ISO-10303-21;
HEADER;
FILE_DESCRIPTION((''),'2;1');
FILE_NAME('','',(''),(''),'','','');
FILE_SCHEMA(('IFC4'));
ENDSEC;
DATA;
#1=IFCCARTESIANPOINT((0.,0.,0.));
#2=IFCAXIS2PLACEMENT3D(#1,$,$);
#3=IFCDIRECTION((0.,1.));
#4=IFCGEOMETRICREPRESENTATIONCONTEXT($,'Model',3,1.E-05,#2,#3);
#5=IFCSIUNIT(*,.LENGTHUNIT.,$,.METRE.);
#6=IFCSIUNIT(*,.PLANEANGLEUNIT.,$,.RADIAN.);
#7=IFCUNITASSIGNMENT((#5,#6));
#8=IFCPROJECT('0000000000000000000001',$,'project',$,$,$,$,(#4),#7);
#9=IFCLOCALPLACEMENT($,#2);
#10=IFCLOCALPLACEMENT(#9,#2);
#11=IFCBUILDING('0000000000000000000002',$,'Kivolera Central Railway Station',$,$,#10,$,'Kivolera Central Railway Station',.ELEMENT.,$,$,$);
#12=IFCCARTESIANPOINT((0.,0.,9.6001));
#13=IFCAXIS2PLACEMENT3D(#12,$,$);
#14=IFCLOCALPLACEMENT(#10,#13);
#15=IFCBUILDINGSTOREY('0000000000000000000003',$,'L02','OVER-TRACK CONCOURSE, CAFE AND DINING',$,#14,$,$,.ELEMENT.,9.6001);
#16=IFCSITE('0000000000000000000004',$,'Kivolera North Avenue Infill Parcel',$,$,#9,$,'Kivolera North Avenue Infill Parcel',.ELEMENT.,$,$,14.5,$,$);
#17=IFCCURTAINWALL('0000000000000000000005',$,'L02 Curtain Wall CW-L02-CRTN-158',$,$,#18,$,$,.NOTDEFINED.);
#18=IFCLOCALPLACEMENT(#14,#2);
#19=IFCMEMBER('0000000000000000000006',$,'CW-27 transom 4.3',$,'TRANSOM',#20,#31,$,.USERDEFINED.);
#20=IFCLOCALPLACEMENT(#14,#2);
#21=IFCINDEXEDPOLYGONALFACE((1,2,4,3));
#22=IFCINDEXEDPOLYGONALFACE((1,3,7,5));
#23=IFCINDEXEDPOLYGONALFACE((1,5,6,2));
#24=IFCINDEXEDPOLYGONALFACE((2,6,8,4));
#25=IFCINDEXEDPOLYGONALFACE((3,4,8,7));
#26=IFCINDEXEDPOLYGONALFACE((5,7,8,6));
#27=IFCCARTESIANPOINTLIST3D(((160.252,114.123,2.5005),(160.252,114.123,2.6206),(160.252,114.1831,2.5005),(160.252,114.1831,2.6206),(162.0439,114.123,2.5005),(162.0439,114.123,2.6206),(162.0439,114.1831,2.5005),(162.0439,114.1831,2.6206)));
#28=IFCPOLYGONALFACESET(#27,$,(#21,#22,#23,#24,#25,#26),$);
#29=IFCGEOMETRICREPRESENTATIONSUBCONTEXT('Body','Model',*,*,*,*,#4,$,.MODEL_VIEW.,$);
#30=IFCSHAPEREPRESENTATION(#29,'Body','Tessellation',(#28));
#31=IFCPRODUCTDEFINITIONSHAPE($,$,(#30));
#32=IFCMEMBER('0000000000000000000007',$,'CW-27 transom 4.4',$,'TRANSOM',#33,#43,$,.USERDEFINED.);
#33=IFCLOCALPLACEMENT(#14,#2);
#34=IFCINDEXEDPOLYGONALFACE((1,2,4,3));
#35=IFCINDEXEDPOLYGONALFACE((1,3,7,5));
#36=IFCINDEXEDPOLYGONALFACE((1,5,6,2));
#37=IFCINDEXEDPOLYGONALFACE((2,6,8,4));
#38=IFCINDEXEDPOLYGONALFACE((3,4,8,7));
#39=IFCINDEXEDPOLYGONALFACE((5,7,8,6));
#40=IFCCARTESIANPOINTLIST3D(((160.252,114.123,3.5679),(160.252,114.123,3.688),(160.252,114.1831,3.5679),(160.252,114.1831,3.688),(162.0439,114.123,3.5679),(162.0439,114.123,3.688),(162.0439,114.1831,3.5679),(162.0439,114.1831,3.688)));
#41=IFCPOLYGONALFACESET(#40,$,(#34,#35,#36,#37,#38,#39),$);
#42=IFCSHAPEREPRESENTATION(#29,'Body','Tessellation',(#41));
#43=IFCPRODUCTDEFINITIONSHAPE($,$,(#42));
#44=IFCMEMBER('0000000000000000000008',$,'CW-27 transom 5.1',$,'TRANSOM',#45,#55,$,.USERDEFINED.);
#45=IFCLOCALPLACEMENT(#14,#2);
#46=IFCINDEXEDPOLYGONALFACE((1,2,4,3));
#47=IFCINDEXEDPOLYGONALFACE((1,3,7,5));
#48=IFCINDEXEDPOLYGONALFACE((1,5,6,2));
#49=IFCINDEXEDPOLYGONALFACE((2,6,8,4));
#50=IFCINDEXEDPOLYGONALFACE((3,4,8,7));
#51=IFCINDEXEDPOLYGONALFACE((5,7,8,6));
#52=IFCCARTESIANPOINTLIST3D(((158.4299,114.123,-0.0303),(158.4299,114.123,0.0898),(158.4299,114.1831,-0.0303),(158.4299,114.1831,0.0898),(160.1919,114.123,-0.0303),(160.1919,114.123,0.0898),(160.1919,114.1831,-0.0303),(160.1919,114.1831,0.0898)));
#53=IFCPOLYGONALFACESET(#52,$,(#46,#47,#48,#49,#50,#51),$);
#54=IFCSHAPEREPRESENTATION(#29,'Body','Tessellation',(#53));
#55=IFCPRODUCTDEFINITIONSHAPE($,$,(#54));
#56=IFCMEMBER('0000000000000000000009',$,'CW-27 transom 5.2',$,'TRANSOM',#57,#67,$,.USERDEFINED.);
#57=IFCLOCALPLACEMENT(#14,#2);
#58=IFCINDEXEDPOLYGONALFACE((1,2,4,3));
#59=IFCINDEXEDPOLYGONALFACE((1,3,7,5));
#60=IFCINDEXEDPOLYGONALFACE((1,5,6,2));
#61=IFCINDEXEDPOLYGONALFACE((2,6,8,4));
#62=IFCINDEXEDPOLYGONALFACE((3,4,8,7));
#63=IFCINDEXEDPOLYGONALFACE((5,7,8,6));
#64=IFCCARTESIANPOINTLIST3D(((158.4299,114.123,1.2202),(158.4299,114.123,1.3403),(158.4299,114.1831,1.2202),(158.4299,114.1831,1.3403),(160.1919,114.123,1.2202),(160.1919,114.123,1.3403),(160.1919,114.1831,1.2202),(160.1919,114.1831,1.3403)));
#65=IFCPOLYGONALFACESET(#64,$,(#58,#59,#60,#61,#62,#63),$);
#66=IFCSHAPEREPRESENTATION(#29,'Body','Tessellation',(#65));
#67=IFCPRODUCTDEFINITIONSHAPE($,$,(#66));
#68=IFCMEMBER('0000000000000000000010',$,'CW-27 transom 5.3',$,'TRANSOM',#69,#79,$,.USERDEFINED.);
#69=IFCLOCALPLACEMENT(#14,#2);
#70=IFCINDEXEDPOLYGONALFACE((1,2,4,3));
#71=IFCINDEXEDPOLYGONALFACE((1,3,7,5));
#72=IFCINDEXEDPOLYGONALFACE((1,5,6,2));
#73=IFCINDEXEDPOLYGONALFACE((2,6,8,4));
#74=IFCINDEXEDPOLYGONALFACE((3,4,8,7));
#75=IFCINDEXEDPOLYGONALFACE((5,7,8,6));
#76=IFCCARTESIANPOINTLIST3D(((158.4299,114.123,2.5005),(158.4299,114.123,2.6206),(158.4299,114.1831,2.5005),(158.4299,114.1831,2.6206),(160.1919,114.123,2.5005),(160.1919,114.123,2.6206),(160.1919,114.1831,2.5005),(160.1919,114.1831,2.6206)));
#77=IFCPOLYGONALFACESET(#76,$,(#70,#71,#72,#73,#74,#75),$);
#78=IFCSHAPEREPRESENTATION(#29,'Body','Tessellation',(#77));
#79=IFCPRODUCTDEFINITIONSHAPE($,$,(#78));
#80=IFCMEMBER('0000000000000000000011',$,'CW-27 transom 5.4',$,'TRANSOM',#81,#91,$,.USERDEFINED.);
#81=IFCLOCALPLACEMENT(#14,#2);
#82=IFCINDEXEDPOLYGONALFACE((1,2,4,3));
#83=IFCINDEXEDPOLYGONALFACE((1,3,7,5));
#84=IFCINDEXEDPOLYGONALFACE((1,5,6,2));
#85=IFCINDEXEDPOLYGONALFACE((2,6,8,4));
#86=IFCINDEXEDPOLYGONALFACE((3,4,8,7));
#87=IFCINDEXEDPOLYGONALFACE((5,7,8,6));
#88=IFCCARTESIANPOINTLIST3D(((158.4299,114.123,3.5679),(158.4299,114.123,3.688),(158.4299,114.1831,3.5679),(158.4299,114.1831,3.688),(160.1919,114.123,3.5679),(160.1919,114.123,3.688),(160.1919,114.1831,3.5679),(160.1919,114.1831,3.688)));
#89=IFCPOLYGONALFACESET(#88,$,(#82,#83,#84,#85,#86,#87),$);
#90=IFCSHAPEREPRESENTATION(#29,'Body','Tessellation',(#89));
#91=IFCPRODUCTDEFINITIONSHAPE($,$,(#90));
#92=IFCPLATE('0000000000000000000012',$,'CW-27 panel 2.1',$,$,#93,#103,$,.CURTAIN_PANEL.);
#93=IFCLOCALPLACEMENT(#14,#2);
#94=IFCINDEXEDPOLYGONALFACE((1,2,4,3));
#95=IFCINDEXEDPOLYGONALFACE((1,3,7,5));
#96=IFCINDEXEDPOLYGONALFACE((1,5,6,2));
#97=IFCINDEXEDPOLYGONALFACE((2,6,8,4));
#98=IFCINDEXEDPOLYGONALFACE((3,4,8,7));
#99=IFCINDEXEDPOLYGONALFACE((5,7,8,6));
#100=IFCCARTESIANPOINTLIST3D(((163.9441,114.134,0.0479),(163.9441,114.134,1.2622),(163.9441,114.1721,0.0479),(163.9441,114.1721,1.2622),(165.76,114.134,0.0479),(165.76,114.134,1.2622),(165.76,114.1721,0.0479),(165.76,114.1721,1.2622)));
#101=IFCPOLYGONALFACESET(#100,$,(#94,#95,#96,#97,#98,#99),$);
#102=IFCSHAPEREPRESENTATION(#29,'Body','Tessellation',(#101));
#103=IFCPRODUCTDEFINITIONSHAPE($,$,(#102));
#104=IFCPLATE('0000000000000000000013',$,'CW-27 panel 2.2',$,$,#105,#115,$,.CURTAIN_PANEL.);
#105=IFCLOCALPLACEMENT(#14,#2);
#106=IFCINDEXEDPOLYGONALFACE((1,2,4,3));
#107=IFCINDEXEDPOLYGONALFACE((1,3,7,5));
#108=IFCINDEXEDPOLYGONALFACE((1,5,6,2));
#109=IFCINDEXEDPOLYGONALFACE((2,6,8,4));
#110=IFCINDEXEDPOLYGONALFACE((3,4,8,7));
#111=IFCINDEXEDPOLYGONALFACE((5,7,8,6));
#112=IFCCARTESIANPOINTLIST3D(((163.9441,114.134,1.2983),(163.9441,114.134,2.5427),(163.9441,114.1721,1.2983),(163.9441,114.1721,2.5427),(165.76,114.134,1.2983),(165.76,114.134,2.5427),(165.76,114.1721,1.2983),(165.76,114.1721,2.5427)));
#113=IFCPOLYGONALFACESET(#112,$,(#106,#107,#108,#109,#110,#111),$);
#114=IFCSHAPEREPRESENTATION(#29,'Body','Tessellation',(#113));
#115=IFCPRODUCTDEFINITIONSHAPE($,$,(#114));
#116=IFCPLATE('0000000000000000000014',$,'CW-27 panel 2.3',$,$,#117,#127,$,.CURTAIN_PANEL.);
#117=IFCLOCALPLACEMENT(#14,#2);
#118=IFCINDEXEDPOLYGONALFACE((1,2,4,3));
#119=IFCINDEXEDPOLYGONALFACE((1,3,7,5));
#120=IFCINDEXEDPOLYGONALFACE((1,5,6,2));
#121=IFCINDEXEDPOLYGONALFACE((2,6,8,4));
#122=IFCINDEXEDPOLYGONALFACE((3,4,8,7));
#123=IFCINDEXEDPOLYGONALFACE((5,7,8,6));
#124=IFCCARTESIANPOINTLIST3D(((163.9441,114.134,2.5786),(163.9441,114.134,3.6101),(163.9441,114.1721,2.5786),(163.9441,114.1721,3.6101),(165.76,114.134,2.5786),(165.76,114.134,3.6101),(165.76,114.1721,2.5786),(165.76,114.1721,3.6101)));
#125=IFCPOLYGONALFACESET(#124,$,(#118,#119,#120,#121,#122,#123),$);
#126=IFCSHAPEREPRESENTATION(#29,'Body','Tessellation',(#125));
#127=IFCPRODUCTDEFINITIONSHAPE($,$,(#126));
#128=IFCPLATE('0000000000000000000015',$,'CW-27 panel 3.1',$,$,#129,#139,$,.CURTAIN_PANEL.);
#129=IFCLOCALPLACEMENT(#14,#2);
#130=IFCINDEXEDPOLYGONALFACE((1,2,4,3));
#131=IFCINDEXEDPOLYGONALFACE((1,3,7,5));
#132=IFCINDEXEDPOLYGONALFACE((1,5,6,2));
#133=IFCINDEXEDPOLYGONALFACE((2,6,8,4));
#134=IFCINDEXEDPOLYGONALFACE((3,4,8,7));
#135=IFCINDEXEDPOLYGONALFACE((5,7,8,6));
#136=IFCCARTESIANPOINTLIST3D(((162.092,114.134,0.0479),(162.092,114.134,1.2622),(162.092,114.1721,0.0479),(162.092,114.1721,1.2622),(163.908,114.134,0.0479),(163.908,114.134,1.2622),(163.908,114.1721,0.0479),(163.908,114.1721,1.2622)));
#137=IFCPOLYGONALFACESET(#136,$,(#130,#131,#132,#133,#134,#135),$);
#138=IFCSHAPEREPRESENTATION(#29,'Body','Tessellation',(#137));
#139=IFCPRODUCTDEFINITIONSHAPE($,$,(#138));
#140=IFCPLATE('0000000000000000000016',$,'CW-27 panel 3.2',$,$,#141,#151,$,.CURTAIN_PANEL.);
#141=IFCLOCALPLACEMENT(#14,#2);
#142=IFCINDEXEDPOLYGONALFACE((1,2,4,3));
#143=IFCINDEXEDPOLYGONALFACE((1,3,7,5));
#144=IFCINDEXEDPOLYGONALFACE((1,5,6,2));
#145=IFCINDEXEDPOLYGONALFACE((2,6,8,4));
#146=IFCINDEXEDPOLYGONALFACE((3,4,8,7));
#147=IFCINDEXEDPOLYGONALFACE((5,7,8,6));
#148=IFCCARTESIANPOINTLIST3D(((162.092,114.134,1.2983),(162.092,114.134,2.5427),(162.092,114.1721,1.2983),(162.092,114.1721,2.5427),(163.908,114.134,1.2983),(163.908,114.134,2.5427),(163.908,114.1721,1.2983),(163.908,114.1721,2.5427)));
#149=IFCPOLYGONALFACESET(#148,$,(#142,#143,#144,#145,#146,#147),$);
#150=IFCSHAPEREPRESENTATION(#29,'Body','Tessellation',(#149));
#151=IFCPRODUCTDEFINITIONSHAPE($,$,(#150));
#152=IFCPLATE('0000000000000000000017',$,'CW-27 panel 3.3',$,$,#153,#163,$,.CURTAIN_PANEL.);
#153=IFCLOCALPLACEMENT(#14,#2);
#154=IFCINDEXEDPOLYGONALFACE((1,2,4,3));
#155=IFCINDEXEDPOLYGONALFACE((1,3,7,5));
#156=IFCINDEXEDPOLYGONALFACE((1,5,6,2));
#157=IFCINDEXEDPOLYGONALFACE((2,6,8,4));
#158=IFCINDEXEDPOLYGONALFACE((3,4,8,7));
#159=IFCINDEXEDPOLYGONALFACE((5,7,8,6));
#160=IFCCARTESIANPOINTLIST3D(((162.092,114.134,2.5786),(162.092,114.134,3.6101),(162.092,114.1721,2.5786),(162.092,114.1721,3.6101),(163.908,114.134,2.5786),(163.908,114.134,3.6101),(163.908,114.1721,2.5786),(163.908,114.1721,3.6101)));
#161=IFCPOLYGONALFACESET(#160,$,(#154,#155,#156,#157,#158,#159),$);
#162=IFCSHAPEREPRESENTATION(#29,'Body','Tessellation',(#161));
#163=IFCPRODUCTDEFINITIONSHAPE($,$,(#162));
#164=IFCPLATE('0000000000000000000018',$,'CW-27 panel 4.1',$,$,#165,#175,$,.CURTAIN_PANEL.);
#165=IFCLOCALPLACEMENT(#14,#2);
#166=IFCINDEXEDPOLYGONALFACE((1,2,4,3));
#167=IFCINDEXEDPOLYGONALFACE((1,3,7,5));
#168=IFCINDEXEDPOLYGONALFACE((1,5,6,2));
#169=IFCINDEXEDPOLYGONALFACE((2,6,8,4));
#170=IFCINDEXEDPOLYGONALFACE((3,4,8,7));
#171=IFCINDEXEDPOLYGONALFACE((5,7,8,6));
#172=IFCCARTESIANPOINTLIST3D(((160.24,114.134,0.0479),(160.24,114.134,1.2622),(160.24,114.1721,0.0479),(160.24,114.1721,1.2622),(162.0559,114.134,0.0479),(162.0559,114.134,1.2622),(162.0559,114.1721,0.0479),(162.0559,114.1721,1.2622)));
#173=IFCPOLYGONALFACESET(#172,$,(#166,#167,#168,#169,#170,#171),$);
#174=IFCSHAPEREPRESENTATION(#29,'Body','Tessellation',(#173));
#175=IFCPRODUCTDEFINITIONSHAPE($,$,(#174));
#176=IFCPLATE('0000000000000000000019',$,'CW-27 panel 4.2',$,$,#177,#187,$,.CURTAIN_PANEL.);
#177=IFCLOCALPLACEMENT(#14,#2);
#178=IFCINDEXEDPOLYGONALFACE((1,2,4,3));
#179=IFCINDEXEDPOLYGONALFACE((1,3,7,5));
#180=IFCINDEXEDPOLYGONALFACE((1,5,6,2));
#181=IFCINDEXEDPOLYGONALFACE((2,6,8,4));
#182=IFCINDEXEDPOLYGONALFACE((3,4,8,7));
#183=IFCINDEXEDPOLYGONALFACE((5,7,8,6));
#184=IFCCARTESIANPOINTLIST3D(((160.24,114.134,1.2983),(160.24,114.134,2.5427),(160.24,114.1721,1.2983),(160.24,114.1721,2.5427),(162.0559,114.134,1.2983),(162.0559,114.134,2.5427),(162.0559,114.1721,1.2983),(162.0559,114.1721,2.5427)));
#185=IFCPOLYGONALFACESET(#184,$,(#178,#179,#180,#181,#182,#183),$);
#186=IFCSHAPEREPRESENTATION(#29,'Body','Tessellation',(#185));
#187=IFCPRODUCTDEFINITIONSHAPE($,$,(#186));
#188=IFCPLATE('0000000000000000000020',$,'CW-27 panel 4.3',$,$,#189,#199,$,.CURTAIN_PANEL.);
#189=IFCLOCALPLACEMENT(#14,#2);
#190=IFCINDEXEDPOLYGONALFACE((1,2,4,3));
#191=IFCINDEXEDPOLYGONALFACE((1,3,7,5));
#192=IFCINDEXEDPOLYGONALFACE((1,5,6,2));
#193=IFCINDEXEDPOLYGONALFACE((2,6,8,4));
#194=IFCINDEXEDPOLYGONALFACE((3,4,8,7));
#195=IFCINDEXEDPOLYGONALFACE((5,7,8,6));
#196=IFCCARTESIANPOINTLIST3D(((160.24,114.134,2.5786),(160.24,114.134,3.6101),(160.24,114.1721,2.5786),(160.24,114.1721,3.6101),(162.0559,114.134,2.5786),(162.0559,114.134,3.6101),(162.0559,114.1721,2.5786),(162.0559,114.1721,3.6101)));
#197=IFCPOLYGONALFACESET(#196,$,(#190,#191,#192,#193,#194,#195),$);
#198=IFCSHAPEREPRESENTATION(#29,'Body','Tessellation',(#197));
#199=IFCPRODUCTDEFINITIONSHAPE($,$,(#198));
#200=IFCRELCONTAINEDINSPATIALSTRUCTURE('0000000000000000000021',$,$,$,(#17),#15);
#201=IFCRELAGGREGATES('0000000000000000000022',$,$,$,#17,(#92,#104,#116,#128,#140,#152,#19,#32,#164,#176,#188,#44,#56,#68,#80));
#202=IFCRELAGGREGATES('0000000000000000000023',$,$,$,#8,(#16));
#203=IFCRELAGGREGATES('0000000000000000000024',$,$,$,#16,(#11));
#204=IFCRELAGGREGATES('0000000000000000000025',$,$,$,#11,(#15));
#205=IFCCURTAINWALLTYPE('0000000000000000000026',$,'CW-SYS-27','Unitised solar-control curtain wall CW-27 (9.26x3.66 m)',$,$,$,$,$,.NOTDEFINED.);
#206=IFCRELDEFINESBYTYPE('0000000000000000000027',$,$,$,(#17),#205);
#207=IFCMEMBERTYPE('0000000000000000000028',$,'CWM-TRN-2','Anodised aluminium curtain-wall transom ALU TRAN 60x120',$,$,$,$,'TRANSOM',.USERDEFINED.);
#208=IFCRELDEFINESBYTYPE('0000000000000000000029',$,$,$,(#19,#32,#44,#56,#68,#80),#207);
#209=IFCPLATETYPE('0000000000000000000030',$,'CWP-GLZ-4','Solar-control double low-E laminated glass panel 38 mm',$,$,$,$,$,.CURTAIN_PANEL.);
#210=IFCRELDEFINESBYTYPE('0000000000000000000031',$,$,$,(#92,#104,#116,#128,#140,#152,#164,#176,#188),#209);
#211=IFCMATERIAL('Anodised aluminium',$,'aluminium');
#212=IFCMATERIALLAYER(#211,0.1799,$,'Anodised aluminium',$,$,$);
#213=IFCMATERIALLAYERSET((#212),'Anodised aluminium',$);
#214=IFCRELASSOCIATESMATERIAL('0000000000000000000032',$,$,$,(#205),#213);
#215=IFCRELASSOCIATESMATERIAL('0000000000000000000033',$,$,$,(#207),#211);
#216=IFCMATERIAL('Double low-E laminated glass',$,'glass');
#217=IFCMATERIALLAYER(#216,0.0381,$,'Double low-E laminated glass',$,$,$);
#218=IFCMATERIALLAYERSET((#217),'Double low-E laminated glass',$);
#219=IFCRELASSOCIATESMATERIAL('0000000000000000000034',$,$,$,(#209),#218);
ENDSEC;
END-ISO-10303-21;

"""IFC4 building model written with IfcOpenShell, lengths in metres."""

from ifc_helpers import new_model, si_unit, direction, frame, origin, origin_2d, place, context, subcontext, project, spatial, rectangle, extrude, material, layer, layer_set, material_profile, profile_set, type_object, element, aggregate, save


model = new_model("IFC4")

# Units and contexts
model_context = context("Model", 3, precision=1e-05, world=origin(), true_north=direction((0.0, 1.0)))
body_context = subcontext(model_context, "Body", "Model", "MODEL_VIEW")
ifc_project = project(units=[si_unit("LENGTHUNIT", "METRE"), si_unit("PLANEANGLEUNIT", "RADIAN")], contexts=[model_context])

# Site, building, storey
site_placement = place(None, origin())
site = spatial("IfcSite", under=ifc_project, at=site_placement, Name="Kivolera North Avenue Infill Parcel", LongName="Kivolera North Avenue Infill Parcel", CompositionType="ELEMENT", RefElevation=14.5)
building_placement = place(site_placement, origin())
building = spatial("IfcBuilding", under=site, at=building_placement, Name="Kivolera Central Railway Station", LongName="Kivolera Central Railway Station", CompositionType="ELEMENT")
storey_placement = place(building_placement, frame((0.0, 0.0, 9.6001)))
storey = spatial("IfcBuildingStorey", under=building, at=storey_placement, Name="L02", Description="OVER-TRACK CONCOURSE, CAFE AND DINING", CompositionType="ELEMENT", Elevation=9.6001)

# Curtain wall, members, plates
ifc_material_1 = material(Name="Anodised aluminium", Category="aluminium")
ifc_layer_1 = layer(ifc_material_1, 0.1799, Name="Anodised aluminium")
ifc_layer_set_1 = layer_set([ifc_layer_1], Name="Anodised aluminium")
curtain_wall_type = type_object("IfcCurtainWallType", Name="CW-SYS-27", Description="Unitised solar-control curtain wall CW-27 (9.26x3.66 m)", PredefinedType="NOTDEFINED", material=ifc_layer_set_1)
curtain_wall_placement = place(storey_placement, origin())
curtain_wall = element("IfcCurtainWall", 1, at=curtain_wall_placement, inside=storey, type_object=curtain_wall_type, Name="L02 Curtain Wall CW-L02-CRTN-158", PredefinedType="NOTDEFINED")
ifc_material_profile_1 = material_profile(ifc_material_1, rectangle(XDim=0.0601, YDim=0.1201, at=origin_2d()), Name="ALU TRAN 60x120")
ifc_profile_set_1 = profile_set([ifc_material_profile_1], Name="Anodised aluminium")
member_type_1 = type_object("IfcMemberType", Name="CWM-TRN-2", Description="Anodised aluminium curtain-wall transom ALU TRAN 60x120", ElementType="TRANSOM", PredefinedType="USERDEFINED", material=ifc_profile_set_1)
member_1_placement = place(storey_placement, frame((162.0439, 114.1531, 2.5605), z_axis=(-1.0, 0.0, 0.0), x_axis=(0.0, -1.0, 0.0)))
member_1 = element("IfcMember", 2, at=member_1_placement, type_object=member_type_1, Name="CW-27 transom 4.3", ObjectType="TRANSOM", PredefinedType="USERDEFINED", context=body_context, shape_type="SweptSolid", body=[
    extrude(rectangle(XDim=0.0601, YDim=0.1201, at=origin_2d()), origin(), (0.0, 0.0, 1.0), 1.792),
])
member_2_placement = place(storey_placement, frame((162.0439, 114.1531, 3.6279), z_axis=(-1.0, 0.0, 0.0), x_axis=(0.0, -1.0, 0.0)))
member_2 = element("IfcMember", 3, at=member_2_placement, type_object=member_type_1, Name="CW-27 transom 4.4", ObjectType="TRANSOM", PredefinedType="USERDEFINED", context=body_context, shape_type="SweptSolid", body=[
    extrude(rectangle(XDim=0.0601, YDim=0.1201, at=origin_2d()), origin(), (0.0, 0.0, 1.0), 1.792),
])
member_3_placement = place(storey_placement, frame((160.1919, 114.1531, 0.0298), z_axis=(-1.0, 0.0, 0.0), x_axis=(0.0, -1.0, 0.0)))
member_3 = element("IfcMember", 4, at=member_3_placement, type_object=member_type_1, Name="CW-27 transom 5.1", ObjectType="TRANSOM", PredefinedType="USERDEFINED", context=body_context, shape_type="SweptSolid", body=[
    extrude(rectangle(XDim=0.0601, YDim=0.1201, at=origin_2d()), origin(), (0.0, 0.0, 1.0), 1.762),
])
member_4_placement = place(storey_placement, frame((160.1919, 114.1531, 1.2803), z_axis=(-1.0, 0.0, 0.0), x_axis=(0.0, -1.0, 0.0)))
member_4 = element("IfcMember", 5, at=member_4_placement, type_object=member_type_1, Name="CW-27 transom 5.2", ObjectType="TRANSOM", PredefinedType="USERDEFINED", context=body_context, shape_type="SweptSolid", body=[
    extrude(rectangle(XDim=0.0601, YDim=0.1201, at=origin_2d()), origin(), (0.0, 0.0, 1.0), 1.762),
])
member_5_placement = place(storey_placement, frame((160.1919, 114.1531, 2.5605), z_axis=(-1.0, 0.0, 0.0), x_axis=(0.0, -1.0, 0.0)))
member_5 = element("IfcMember", 6, at=member_5_placement, type_object=member_type_1, Name="CW-27 transom 5.3", ObjectType="TRANSOM", PredefinedType="USERDEFINED", context=body_context, shape_type="SweptSolid", body=[
    extrude(rectangle(XDim=0.0601, YDim=0.1201, at=origin_2d()), origin(), (0.0, 0.0, 1.0), 1.762),
])
member_6_placement = place(storey_placement, frame((160.1919, 114.1531, 3.6279), z_axis=(-1.0, 0.0, 0.0), x_axis=(0.0, -1.0, 0.0)))
member_6 = element("IfcMember", 7, at=member_6_placement, type_object=member_type_1, Name="CW-27 transom 5.4", ObjectType="TRANSOM", PredefinedType="USERDEFINED", context=body_context, shape_type="SweptSolid", body=[
    extrude(rectangle(XDim=0.0601, YDim=0.1201, at=origin_2d()), origin(), (0.0, 0.0, 1.0), 1.762),
])
ifc_material_2 = material(Name="Double low-E laminated glass", Category="glass")
ifc_layer_2 = layer(ifc_material_2, 0.0381, Name="Double low-E laminated glass")
ifc_layer_set_2 = layer_set([ifc_layer_2], Name="Double low-E laminated glass")
plate_type = type_object("IfcPlateType", Name="CWP-GLZ-4", Description="Solar-control double low-E laminated glass panel 38 mm", PredefinedType="CURTAIN_PANEL", material=ifc_layer_set_2)
plate_1_placement = place(storey_placement, frame((164.8521, 114.1531, 0.0479), z_axis=(0.0, 0.0, 1.0), x_axis=(-1.0, 0.0, 0.0)))
plate_1 = element("IfcPlate", 8, at=plate_1_placement, type_object=plate_type, Name="CW-27 panel 2.1", PredefinedType="CURTAIN_PANEL", context=body_context, shape_type="SweptSolid", body=[
    extrude(rectangle(XDim=1.8159, YDim=0.0381, at=origin_2d()), origin(), (0.0, 0.0, 1.0), 1.2144),
])
plate_2_placement = place(storey_placement, frame((164.8521, 114.1531, 1.2983), z_axis=(0.0, 0.0, 1.0), x_axis=(-1.0, 0.0, 0.0)))
plate_2 = element("IfcPlate", 9, at=plate_2_placement, type_object=plate_type, Name="CW-27 panel 2.2", PredefinedType="CURTAIN_PANEL", context=body_context, shape_type="SweptSolid", body=[
    extrude(rectangle(XDim=1.8159, YDim=0.0381, at=origin_2d()), origin(), (0.0, 0.0, 1.0), 1.2444),
])
plate_3_placement = place(storey_placement, frame((164.8521, 114.1531, 2.5786), z_axis=(0.0, 0.0, 1.0), x_axis=(-1.0, 0.0, 0.0)))
plate_3 = element("IfcPlate", 10, at=plate_3_placement, type_object=plate_type, Name="CW-27 panel 2.3", PredefinedType="CURTAIN_PANEL", context=body_context, shape_type="SweptSolid", body=[
    extrude(rectangle(XDim=1.8159, YDim=0.0381, at=origin_2d()), origin(), (0.0, 0.0, 1.0), 1.0315),
])
plate_4_placement = place(storey_placement, frame((163.0, 114.1531, 0.0479), z_axis=(0.0, 0.0, 1.0), x_axis=(-1.0, 0.0, 0.0)))
plate_4 = element("IfcPlate", 11, at=plate_4_placement, type_object=plate_type, Name="CW-27 panel 3.1", PredefinedType="CURTAIN_PANEL", context=body_context, shape_type="SweptSolid", body=[
    extrude(rectangle(XDim=1.8159, YDim=0.0381, at=origin_2d()), origin(), (0.0, 0.0, 1.0), 1.2144),
])
plate_5_placement = place(storey_placement, frame((163.0, 114.1531, 1.2983), z_axis=(0.0, 0.0, 1.0), x_axis=(-1.0, 0.0, 0.0)))
plate_5 = element("IfcPlate", 12, at=plate_5_placement, type_object=plate_type, Name="CW-27 panel 3.2", PredefinedType="CURTAIN_PANEL", context=body_context, shape_type="SweptSolid", body=[
    extrude(rectangle(XDim=1.8159, YDim=0.0381, at=origin_2d()), origin(), (0.0, 0.0, 1.0), 1.2444),
])
plate_6_placement = place(storey_placement, frame((163.0, 114.1531, 2.5786), z_axis=(0.0, 0.0, 1.0), x_axis=(-1.0, 0.0, 0.0)))
plate_6 = element("IfcPlate", 13, at=plate_6_placement, type_object=plate_type, Name="CW-27 panel 3.3", PredefinedType="CURTAIN_PANEL", context=body_context, shape_type="SweptSolid", body=[
    extrude(rectangle(XDim=1.8159, YDim=0.0381, at=origin_2d()), origin(), (0.0, 0.0, 1.0), 1.0315),
])
plate_7_placement = place(storey_placement, frame((161.1479, 114.1531, 0.0479), z_axis=(0.0, 0.0, 1.0), x_axis=(-1.0, 0.0, 0.0)))
plate_7 = element("IfcPlate", 14, at=plate_7_placement, type_object=plate_type, Name="CW-27 panel 4.1", PredefinedType="CURTAIN_PANEL", context=body_context, shape_type="SweptSolid", body=[
    extrude(rectangle(XDim=1.8159, YDim=0.0381, at=origin_2d()), origin(), (0.0, 0.0, 1.0), 1.2144),
])
plate_8_placement = place(storey_placement, frame((161.1479, 114.1531, 1.2983), z_axis=(0.0, 0.0, 1.0), x_axis=(-1.0, 0.0, 0.0)))
plate_8 = element("IfcPlate", 15, at=plate_8_placement, type_object=plate_type, Name="CW-27 panel 4.2", PredefinedType="CURTAIN_PANEL", context=body_context, shape_type="SweptSolid", body=[
    extrude(rectangle(XDim=1.8159, YDim=0.0381, at=origin_2d()), origin(), (0.0, 0.0, 1.0), 1.2444),
])
plate_9_placement = place(storey_placement, frame((161.1479, 114.1531, 2.5786), z_axis=(0.0, 0.0, 1.0), x_axis=(-1.0, 0.0, 0.0)))
plate_9 = element("IfcPlate", 16, at=plate_9_placement, type_object=plate_type, Name="CW-27 panel 4.3", PredefinedType="CURTAIN_PANEL", context=body_context, shape_type="SweptSolid", body=[
    extrude(rectangle(XDim=1.8159, YDim=0.0381, at=origin_2d()), origin(), (0.0, 0.0, 1.0), 1.0315),
])
aggregate(curtain_wall, [plate_1, plate_2, plate_3, plate_4, plate_5, plate_6, member_1, member_2, plate_7, plate_8, plate_9, member_3, member_4, member_5, member_6])

save(model, "model.ifc")
